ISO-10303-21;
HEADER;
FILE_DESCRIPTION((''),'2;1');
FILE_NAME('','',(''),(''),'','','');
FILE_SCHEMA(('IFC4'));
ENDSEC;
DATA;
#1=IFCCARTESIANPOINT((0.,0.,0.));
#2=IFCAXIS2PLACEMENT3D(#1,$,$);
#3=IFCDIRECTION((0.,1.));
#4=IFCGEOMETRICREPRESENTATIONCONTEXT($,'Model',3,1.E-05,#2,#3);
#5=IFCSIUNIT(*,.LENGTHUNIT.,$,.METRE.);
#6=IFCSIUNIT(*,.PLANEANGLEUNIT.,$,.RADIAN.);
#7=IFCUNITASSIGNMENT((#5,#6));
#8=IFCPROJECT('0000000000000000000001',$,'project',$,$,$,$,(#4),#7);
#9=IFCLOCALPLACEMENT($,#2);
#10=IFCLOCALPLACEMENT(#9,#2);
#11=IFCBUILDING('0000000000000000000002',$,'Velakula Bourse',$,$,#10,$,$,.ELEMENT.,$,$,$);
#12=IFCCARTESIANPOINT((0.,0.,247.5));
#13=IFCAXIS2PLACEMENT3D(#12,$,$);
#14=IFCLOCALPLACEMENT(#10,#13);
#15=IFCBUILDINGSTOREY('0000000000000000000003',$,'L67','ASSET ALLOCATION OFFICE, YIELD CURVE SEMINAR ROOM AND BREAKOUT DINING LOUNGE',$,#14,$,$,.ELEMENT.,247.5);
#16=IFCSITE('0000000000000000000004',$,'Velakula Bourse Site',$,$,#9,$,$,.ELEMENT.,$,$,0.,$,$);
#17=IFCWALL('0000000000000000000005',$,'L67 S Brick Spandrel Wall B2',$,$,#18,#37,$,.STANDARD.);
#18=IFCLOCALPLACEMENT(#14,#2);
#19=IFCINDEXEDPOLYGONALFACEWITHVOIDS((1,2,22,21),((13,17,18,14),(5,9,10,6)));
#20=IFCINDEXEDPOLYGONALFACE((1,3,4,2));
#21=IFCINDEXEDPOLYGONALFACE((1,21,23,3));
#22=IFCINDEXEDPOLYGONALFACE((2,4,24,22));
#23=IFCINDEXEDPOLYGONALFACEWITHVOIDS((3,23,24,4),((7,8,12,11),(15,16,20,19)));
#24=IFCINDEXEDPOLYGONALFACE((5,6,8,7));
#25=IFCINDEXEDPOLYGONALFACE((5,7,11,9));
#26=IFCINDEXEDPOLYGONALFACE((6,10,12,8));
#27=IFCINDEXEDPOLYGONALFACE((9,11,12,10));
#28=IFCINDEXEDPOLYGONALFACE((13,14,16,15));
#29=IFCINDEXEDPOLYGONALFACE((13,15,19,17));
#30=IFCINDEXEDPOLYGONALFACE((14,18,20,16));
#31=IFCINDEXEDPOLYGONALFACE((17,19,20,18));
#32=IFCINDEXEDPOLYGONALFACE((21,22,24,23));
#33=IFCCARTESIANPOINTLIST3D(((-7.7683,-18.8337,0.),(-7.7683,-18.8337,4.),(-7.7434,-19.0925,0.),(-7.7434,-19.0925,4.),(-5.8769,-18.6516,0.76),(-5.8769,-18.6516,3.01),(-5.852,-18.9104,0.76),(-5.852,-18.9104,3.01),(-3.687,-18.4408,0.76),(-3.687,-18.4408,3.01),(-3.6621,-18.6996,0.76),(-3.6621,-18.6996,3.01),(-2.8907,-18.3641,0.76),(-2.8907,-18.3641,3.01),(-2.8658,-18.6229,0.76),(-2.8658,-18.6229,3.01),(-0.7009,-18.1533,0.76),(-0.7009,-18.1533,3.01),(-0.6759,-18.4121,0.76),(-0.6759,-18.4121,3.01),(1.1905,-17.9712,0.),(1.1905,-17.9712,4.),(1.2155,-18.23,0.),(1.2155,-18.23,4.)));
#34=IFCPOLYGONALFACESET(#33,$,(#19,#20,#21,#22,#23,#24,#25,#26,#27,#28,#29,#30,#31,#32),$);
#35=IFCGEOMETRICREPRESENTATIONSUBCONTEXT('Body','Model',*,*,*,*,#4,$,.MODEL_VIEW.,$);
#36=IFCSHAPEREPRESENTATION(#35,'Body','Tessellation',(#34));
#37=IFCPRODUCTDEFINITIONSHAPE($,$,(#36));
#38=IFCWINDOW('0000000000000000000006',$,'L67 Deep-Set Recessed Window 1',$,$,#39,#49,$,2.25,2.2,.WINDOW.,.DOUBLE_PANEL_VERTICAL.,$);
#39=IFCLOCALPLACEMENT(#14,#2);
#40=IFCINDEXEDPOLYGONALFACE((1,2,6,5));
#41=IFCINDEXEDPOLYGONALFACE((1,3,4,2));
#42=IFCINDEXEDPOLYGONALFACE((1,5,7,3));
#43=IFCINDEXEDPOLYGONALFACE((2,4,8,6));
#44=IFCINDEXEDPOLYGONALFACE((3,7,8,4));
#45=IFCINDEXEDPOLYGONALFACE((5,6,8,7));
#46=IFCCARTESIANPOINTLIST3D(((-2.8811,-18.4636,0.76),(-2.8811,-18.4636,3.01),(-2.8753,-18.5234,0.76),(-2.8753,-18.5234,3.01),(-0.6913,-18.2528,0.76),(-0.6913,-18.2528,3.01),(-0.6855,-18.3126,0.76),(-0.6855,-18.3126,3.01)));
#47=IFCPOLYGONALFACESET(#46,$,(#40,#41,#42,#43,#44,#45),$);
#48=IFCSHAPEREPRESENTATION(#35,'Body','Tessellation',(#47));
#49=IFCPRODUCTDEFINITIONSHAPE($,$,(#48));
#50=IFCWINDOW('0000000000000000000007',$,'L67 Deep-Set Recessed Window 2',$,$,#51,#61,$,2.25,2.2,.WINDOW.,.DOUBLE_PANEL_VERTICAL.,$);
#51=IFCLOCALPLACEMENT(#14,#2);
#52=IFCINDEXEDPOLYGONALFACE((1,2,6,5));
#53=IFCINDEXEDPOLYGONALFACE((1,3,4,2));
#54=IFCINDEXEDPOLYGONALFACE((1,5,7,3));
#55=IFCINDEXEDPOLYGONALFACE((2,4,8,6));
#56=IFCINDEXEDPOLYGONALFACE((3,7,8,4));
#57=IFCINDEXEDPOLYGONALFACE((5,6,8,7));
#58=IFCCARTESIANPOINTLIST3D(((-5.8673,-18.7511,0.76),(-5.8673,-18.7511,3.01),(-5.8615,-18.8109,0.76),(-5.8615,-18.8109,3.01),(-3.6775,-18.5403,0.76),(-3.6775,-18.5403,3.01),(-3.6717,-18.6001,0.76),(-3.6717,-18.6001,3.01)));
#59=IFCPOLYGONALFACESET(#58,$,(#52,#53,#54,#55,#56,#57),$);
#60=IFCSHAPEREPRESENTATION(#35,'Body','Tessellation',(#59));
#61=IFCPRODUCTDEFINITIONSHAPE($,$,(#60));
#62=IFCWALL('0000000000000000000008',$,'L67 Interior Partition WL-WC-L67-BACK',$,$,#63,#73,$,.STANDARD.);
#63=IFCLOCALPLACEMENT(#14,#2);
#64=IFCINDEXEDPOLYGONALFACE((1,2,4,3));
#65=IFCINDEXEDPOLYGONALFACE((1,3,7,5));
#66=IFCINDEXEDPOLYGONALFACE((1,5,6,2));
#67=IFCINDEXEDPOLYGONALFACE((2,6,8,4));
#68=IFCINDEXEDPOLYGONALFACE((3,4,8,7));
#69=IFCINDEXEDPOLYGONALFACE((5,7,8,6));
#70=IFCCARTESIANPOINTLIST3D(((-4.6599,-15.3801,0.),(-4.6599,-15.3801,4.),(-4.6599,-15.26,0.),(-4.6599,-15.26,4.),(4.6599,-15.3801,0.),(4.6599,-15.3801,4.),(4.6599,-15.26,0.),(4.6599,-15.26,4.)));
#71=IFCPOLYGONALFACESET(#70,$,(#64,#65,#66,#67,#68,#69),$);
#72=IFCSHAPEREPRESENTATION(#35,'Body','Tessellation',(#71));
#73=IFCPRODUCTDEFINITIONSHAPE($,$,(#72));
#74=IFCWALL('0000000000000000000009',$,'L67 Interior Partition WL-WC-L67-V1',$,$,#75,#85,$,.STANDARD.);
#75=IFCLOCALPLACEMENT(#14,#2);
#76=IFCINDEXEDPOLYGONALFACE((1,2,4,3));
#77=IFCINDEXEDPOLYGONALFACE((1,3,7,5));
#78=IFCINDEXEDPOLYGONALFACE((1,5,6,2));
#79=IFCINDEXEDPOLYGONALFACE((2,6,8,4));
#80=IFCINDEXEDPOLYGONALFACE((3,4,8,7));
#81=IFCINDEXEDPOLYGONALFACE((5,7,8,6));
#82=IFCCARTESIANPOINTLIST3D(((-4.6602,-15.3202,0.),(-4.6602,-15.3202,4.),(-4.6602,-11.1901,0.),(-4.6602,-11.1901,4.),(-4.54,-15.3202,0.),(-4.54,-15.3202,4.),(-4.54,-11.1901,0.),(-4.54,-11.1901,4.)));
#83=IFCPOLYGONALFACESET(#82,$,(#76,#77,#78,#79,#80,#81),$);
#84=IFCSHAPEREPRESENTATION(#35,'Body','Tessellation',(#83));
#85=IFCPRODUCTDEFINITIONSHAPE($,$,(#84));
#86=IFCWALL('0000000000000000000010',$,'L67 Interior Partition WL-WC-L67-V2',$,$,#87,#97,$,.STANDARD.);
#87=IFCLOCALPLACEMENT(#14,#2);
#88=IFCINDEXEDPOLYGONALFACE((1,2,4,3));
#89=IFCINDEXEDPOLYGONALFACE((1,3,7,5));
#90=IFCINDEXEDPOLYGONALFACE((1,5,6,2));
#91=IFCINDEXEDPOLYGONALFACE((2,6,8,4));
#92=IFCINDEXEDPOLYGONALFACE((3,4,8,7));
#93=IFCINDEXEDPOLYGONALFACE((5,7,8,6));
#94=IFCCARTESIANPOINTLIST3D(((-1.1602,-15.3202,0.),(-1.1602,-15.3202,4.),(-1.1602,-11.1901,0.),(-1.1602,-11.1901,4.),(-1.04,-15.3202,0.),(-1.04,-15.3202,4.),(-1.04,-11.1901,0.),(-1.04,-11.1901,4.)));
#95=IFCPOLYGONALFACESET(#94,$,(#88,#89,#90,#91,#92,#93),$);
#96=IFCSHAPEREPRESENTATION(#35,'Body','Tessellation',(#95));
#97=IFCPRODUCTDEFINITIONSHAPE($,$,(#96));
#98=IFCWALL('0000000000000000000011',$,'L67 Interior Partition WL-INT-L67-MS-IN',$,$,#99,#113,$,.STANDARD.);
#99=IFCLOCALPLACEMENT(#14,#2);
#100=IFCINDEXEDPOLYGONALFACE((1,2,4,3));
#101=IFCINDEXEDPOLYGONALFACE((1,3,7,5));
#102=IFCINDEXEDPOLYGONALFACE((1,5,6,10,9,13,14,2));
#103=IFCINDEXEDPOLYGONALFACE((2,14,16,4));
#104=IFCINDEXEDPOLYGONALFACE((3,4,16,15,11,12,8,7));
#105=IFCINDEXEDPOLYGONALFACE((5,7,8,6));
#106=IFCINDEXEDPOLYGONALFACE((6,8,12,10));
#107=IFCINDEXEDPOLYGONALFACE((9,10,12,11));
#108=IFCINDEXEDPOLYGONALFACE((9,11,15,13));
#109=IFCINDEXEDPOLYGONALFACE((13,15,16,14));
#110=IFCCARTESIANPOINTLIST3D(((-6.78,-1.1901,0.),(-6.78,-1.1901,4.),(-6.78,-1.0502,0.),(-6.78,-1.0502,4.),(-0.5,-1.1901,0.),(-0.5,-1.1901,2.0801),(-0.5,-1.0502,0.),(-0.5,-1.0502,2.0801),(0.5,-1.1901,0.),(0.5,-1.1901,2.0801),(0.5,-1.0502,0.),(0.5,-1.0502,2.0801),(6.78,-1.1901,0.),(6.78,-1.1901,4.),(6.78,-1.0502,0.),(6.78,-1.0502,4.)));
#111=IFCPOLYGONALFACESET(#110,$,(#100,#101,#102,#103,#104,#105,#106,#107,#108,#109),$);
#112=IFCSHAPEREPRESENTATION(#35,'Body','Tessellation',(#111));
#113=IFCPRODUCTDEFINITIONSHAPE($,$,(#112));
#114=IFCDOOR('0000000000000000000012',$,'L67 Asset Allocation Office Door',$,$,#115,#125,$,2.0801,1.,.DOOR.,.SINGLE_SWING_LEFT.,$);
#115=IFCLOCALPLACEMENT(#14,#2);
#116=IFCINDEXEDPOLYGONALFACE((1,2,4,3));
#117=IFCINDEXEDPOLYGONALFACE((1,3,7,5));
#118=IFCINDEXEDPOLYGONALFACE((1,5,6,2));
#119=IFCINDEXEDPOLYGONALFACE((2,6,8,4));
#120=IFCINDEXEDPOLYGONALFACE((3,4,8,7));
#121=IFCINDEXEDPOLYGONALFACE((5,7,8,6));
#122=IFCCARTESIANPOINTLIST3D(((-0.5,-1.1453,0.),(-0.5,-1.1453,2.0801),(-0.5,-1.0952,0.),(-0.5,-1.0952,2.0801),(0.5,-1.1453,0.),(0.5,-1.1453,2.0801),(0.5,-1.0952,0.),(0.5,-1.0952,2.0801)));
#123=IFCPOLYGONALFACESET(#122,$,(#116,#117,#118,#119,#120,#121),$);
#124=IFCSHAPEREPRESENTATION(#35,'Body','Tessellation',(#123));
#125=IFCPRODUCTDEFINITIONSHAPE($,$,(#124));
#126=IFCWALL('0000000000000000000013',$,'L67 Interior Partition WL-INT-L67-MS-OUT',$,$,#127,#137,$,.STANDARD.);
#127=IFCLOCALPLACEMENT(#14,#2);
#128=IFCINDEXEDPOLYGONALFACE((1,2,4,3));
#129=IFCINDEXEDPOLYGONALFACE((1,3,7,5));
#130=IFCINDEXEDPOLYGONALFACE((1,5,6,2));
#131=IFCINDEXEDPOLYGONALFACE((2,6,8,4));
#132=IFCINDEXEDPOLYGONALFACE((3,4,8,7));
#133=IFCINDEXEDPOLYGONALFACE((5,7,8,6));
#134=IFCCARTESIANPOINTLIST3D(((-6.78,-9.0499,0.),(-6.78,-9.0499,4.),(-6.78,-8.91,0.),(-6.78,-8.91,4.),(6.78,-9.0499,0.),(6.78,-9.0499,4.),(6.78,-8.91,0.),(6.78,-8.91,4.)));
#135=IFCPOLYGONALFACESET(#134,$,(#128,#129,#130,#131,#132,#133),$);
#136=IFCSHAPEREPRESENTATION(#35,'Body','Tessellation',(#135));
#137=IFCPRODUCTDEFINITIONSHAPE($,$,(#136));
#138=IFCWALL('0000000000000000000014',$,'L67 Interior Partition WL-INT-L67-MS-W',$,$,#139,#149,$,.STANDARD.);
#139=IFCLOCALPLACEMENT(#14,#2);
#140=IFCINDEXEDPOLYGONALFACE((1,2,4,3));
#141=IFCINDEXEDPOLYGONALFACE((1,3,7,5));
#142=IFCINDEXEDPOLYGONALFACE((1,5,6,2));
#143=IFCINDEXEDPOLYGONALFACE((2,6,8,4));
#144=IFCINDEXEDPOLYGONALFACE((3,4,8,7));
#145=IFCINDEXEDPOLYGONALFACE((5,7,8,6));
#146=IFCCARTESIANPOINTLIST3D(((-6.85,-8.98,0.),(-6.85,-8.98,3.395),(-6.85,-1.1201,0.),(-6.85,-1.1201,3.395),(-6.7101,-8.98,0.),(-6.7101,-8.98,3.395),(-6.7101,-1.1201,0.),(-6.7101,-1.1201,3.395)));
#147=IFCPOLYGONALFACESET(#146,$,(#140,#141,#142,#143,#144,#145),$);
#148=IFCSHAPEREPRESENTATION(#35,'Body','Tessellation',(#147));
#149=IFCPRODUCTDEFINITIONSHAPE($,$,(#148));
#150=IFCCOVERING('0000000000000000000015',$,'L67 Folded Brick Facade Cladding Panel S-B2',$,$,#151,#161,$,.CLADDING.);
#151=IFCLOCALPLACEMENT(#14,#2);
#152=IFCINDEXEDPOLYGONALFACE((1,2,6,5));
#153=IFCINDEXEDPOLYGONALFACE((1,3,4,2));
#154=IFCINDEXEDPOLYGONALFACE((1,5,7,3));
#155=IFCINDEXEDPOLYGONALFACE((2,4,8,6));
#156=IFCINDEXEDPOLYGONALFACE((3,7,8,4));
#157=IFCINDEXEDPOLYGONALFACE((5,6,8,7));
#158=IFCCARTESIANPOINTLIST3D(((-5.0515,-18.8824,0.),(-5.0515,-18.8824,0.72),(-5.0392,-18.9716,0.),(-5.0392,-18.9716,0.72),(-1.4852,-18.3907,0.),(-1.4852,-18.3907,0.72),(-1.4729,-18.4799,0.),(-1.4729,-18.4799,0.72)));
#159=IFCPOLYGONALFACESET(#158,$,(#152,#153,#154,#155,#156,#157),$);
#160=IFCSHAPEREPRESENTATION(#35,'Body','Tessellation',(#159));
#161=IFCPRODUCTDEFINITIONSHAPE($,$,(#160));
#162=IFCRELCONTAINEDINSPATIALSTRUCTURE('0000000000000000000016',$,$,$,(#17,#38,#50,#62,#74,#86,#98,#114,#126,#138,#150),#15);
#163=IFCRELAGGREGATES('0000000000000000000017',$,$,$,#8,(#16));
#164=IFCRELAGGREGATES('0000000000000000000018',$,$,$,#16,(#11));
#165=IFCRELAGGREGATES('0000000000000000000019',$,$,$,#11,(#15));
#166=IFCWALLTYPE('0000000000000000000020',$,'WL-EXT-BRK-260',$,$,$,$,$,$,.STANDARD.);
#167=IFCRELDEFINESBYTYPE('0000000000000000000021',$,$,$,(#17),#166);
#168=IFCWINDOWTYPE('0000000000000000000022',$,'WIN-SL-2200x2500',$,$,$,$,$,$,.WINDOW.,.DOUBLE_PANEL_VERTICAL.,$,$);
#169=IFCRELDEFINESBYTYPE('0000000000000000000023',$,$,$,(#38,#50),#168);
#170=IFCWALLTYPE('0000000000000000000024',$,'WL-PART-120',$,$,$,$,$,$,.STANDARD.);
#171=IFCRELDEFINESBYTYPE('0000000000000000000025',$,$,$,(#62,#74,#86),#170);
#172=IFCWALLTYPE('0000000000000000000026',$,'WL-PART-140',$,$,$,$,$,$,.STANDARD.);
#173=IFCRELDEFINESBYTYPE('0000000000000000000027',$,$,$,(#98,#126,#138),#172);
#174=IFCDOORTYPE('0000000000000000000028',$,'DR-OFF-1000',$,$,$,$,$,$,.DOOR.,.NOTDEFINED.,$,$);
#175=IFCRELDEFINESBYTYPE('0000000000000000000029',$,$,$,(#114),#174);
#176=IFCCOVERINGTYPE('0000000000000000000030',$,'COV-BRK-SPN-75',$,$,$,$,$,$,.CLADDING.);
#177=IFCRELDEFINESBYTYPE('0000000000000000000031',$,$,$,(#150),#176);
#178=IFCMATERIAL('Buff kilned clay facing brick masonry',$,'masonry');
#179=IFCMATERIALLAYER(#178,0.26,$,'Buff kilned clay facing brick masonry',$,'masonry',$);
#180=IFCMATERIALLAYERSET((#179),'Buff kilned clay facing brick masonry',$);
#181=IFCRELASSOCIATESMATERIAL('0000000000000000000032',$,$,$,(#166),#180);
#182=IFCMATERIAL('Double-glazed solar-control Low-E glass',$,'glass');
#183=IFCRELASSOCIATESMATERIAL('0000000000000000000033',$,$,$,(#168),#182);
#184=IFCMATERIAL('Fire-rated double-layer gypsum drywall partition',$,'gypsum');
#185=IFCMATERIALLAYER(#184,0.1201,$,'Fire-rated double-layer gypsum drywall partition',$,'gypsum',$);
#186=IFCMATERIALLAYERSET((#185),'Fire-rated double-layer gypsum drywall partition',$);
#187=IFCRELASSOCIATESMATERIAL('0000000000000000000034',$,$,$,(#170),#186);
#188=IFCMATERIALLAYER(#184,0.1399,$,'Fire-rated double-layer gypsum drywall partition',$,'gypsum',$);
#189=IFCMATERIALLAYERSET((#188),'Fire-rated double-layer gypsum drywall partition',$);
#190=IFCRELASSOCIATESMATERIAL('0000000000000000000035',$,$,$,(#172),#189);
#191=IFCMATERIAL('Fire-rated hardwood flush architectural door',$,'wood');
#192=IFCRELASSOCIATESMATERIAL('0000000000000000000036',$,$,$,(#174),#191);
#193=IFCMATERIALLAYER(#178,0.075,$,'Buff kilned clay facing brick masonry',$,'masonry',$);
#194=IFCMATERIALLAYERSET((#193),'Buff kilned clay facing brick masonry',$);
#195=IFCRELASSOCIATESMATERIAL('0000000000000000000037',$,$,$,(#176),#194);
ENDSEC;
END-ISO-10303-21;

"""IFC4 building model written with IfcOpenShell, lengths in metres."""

from ifc_helpers import new_model, si_unit, direction, frame, frame_2d, origin, origin_2d, place, context, subcontext, project, spatial, rectangle, extrude, material, layer, layer_set, type_object, element, fill, save


model = new_model("IFC4")

# Units and contexts
model_context = context("Model", 3, precision=1e-05, world=origin(), true_north=direction((0.0, 1.0)))
body_context = subcontext(model_context, "Body", "Model", "MODEL_VIEW")
ifc_project = project(units=[si_unit("LENGTHUNIT", "METRE"), si_unit("PLANEANGLEUNIT", "RADIAN")], contexts=[model_context])

# Site, building, storey
site_placement = place(None, origin())
site = spatial("IfcSite", under=ifc_project, at=site_placement, Name="Velakula Bourse Site", CompositionType="ELEMENT", RefElevation=0.0)
building_placement = place(site_placement, origin())
building = spatial("IfcBuilding", under=site, at=building_placement, Name="Velakula Bourse", CompositionType="ELEMENT")
storey_placement = place(building_placement, frame((0.0, 0.0, 247.5)))
storey = spatial("IfcBuildingStorey", under=building, at=storey_placement, Name="L67", Description="ASSET ALLOCATION OFFICE, YIELD CURVE SEMINAR ROOM AND BREAKOUT DINING LOUNGE", CompositionType="ELEMENT", Elevation=247.5)

# Wall, openings, windows
ifc_material_1 = material(Name="Buff kilned clay facing brick masonry", Category="masonry")
ifc_layer_1 = layer(ifc_material_1, 0.26, Name="Buff kilned clay facing brick masonry", Category="masonry")
ifc_layer_set_1 = layer_set([ifc_layer_1], Name="Buff kilned clay facing brick masonry")
wall_type_1 = type_object("IfcWallType", Name="WL-EXT-BRK-260", PredefinedType="STANDARD", material=ifc_layer_set_1)
ifc_material_2 = material(Name="Double-glazed solar-control Low-E glass", Category="glass")
window_type = type_object("IfcWindowType", Name="WIN-SL-2200x2500", PartitioningType="DOUBLE_PANEL_VERTICAL", PredefinedType="WINDOW", material=ifc_material_2)
wall_1_placement = place(storey_placement, frame((1.2029, -18.1006, 0.0), z_axis=(0.0, 0.0, 1.0), x_axis=(-0.995397, -0.095837, 0.0)))
wall_1 = element("IfcWall", 1, at=wall_1_placement, inside=storey, type_object=wall_type_1, Name="L67 S Brick Spandrel Wall B2", PredefinedType="STANDARD", context=body_context, shape_type="SweptSolid", body=[
    extrude(rectangle(XDim=9.0002, YDim=0.26, at=frame_2d((4.5, 0.0))), origin(), (0.0, 0.0, 1.0), 4.0),
])
opening_1_placement = place(wall_1_placement, frame((1.8999, 0.0, 0.76)))
opening_1 = element("IfcOpeningElement", 2, at=opening_1_placement, cuts=wall_1, PredefinedType="OPENING", context=body_context, shape_type="SweptSolid", body=[
    extrude(rectangle(XDim=2.2, YDim=2.25, at=frame_2d((1.1001, 1.125))), frame((0.0, 0.1399, 0.0), z_axis=(0.0, -1.0, 0.0), x_axis=(1.0, 0.0, 0.0)), (0.0, 0.0, 1.0), 0.28),
])
opening_2_placement = place(wall_1_placement, frame((4.8999, 0.0, 0.76)))
opening_2 = element("IfcOpeningElement", 3, at=opening_2_placement, cuts=wall_1, PredefinedType="OPENING", context=body_context, shape_type="SweptSolid", body=[
    extrude(rectangle(XDim=2.2, YDim=2.25, at=frame_2d((1.1001, 1.125))), frame((0.0, 0.1399, 0.0), z_axis=(0.0, -1.0, 0.0), x_axis=(1.0, 0.0, 0.0)), (0.0, 0.0, 1.0), 0.28),
])
window_1_placement = place(opening_1_placement, origin())
window_1 = element("IfcWindow", 4, at=window_1_placement, inside=storey, type_object=window_type, Name="L67 Deep-Set Recessed Window 1", OverallHeight=2.25, OverallWidth=2.2, PartitioningType="DOUBLE_PANEL_VERTICAL", PredefinedType="WINDOW", context=body_context, shape_type="SweptSolid", body=[
    extrude(rectangle(XDim=2.2, YDim=2.25, at=frame_2d((1.1001, 1.125))), frame((0.0, 0.03, 0.0), z_axis=(0.0, -1.0, 0.0), x_axis=(1.0, 0.0, 0.0)), (0.0, 0.0, 1.0), 0.0601),
])
fill(opening_1, window_1)
window_2_placement = place(opening_2_placement, origin())
window_2 = element("IfcWindow", 5, at=window_2_placement, inside=storey, type_object=window_type, Name="L67 Deep-Set Recessed Window 2", OverallHeight=2.25, OverallWidth=2.2, PartitioningType="DOUBLE_PANEL_VERTICAL", PredefinedType="WINDOW", context=body_context, shape_type="SweptSolid", body=[
    extrude(rectangle(XDim=2.2, YDim=2.25, at=frame_2d((1.1001, 1.125))), frame((0.0, 0.03, 0.0), z_axis=(0.0, -1.0, 0.0), x_axis=(1.0, 0.0, 0.0)), (0.0, 0.0, 1.0), 0.0601),
])
fill(opening_2, window_2)

# Walls
ifc_material_3 = material(Name="Fire-rated double-layer gypsum drywall partition", Category="gypsum")
ifc_layer_2 = layer(ifc_material_3, 0.1201, Name="Fire-rated double-layer gypsum drywall partition", Category="gypsum")
ifc_layer_set_2 = layer_set([ifc_layer_2], Name="Fire-rated double-layer gypsum drywall partition")
wall_type_2 = type_object("IfcWallType", Name="WL-PART-120", PredefinedType="STANDARD", material=ifc_layer_set_2)
wall_2_placement = place(storey_placement, frame((-4.6599, -15.3201, 0.0), z_axis=(0.0, 0.0, 1.0), x_axis=(1.0, 0.0, 0.0)))
element("IfcWall", 6, at=wall_2_placement, inside=storey, type_object=wall_type_2, Name="L67 Interior Partition WL-WC-L67-BACK", PredefinedType="STANDARD", context=body_context, shape_type="SweptSolid", body=[
    extrude(rectangle(XDim=9.3198, YDim=0.1201, at=frame_2d((4.6599, 0.0))), origin(), (0.0, 0.0, 1.0), 4.0),
])
for number, where, z_axis, x_axis, name in (
    (7, (-4.6001, -15.3201, 0.0), (0.0, 0.0, 1.0), (0.0, 1.0, 0.0), "L67 Interior Partition WL-WC-L67-V1"),
    (8, (-1.1001, -15.3201, 0.0), (0.0, 0.0, 1.0), (0.0, 1.0, 0.0), "L67 Interior Partition WL-WC-L67-V2"),
):
    element("IfcWall", number, at=place(storey_placement, frame(where, z_axis=z_axis, x_axis=x_axis)), inside=storey, type_object=wall_type_2, Name=name, PredefinedType="STANDARD", context=body_context, shape_type="SweptSolid", body=[
        extrude(rectangle(XDim=4.1301, YDim=0.1201, at=frame_2d((2.0649, 0.0))), origin(), (0.0, 0.0, 1.0), 4.0),
    ])

# Wall, opening, door
ifc_layer_3 = layer(ifc_material_3, 0.1399, Name="Fire-rated double-layer gypsum drywall partition", Category="gypsum")
ifc_layer_set_3 = layer_set([ifc_layer_3], Name="Fire-rated double-layer gypsum drywall partition")
wall_type_3 = type_object("IfcWallType", Name="WL-PART-140", PredefinedType="STANDARD", material=ifc_layer_set_3)
wall_3_placement = place(storey_placement, frame((-6.78, -1.1201, 0.0), z_axis=(0.0, 0.0, 1.0), x_axis=(1.0, 0.0, 0.0)))
wall_3 = element("IfcWall", 9, at=wall_3_placement, inside=storey, type_object=wall_type_3, Name="L67 Interior Partition WL-INT-L67-MS-IN", PredefinedType="STANDARD", context=body_context, shape_type="SweptSolid", body=[
    extrude(rectangle(XDim=13.5601, YDim=0.1399, at=frame_2d((6.78, 0.0))), origin(), (0.0, 0.0, 1.0), 4.0),
])
opening_3_placement = place(wall_3_placement, frame((6.28, 0.0, 0.0)))
opening_3 = element("IfcOpeningElement", 10, at=opening_3_placement, cuts=wall_3, PredefinedType="OPENING", context=body_context, shape_type="SweptSolid", body=[
    extrude(rectangle(XDim=1.0, YDim=2.0801, at=frame_2d((0.5, 1.04))), frame((0.0, 0.0798, 0.0), z_axis=(0.0, -1.0, 0.0), x_axis=(1.0, 0.0, 0.0)), (0.0, 0.0, 1.0), 0.1599),
])
ifc_material_4 = material(Name="Fire-rated hardwood flush architectural door", Category="wood")
door_type = type_object("IfcDoorType", Name="DR-OFF-1000", OperationType="NOTDEFINED", PredefinedType="DOOR", material=ifc_material_4)
door_placement = place(opening_3_placement, origin())
door = element("IfcDoor", 11, at=door_placement, inside=storey, type_object=door_type, Name="L67 Asset Allocation Office Door", OperationType="SINGLE_SWING_LEFT", OverallHeight=2.0801, OverallWidth=1.0, PredefinedType="DOOR", context=body_context, shape_type="SweptSolid", body=[
    extrude(rectangle(XDim=1.0, YDim=2.0801, at=frame_2d((0.5, 1.04))), frame((0.0, 0.0249, 0.0), z_axis=(0.0, -1.0, 0.0), x_axis=(1.0, 0.0, 0.0)), (0.0, 0.0, 1.0), 0.05),
])
fill(opening_3, door)

# Walls
wall_4_placement = place(storey_placement, frame((-6.78, -8.98, 0.0), z_axis=(0.0, 0.0, 1.0), x_axis=(1.0, 0.0, 0.0)))
element("IfcWall", 12, at=wall_4_placement, inside=storey, type_object=wall_type_3, Name="L67 Interior Partition WL-INT-L67-MS-OUT", PredefinedType="STANDARD", context=body_context, shape_type="SweptSolid", body=[
    extrude(rectangle(XDim=13.5601, YDim=0.1399, at=frame_2d((6.78, 0.0))), origin(), (0.0, 0.0, 1.0), 4.0),
])
wall_5_placement = place(storey_placement, frame((-6.78, -8.98, 0.0), z_axis=(0.0, 0.0, 1.0), x_axis=(0.0, 1.0, 0.0)))
element("IfcWall", 13, at=wall_5_placement, inside=storey, type_object=wall_type_3, Name="L67 Interior Partition WL-INT-L67-MS-W", PredefinedType="STANDARD", context=body_context, shape_type="SweptSolid", body=[
    extrude(rectangle(XDim=7.8599, YDim=0.1399, at=frame_2d((3.9299, 0.0))), origin(), (0.0, 0.0, 1.0), 3.395),
])

# Covering
ifc_layer_4 = layer(ifc_material_1, 0.075, Name="Buff kilned clay facing brick masonry", Category="masonry")
ifc_layer_set_4 = layer_set([ifc_layer_4], Name="Buff kilned clay facing brick masonry")
covering_type = type_object("IfcCoveringType", Name="COV-BRK-SPN-75", PredefinedType="CLADDING", material=ifc_layer_set_4)
covering_placement = place(storey_placement, frame((-3.2622, -18.6812, 0.0), z_axis=(0.0, 0.0, 1.0), x_axis=(0.990629, 0.13658, 0.0)))
element("IfcCovering", 14, at=covering_placement, inside=storey, type_object=covering_type, Name="L67 Folded Brick Facade Cladding Panel S-B2", PredefinedType="CLADDING", context=body_context, shape_type="SweptSolid", body=[
    extrude(rectangle(XDim=3.6001, YDim=0.0901, at=origin_2d()), origin(), (0.0, 0.0, 1.0), 0.72),
])

save(model, "model.ifc")
